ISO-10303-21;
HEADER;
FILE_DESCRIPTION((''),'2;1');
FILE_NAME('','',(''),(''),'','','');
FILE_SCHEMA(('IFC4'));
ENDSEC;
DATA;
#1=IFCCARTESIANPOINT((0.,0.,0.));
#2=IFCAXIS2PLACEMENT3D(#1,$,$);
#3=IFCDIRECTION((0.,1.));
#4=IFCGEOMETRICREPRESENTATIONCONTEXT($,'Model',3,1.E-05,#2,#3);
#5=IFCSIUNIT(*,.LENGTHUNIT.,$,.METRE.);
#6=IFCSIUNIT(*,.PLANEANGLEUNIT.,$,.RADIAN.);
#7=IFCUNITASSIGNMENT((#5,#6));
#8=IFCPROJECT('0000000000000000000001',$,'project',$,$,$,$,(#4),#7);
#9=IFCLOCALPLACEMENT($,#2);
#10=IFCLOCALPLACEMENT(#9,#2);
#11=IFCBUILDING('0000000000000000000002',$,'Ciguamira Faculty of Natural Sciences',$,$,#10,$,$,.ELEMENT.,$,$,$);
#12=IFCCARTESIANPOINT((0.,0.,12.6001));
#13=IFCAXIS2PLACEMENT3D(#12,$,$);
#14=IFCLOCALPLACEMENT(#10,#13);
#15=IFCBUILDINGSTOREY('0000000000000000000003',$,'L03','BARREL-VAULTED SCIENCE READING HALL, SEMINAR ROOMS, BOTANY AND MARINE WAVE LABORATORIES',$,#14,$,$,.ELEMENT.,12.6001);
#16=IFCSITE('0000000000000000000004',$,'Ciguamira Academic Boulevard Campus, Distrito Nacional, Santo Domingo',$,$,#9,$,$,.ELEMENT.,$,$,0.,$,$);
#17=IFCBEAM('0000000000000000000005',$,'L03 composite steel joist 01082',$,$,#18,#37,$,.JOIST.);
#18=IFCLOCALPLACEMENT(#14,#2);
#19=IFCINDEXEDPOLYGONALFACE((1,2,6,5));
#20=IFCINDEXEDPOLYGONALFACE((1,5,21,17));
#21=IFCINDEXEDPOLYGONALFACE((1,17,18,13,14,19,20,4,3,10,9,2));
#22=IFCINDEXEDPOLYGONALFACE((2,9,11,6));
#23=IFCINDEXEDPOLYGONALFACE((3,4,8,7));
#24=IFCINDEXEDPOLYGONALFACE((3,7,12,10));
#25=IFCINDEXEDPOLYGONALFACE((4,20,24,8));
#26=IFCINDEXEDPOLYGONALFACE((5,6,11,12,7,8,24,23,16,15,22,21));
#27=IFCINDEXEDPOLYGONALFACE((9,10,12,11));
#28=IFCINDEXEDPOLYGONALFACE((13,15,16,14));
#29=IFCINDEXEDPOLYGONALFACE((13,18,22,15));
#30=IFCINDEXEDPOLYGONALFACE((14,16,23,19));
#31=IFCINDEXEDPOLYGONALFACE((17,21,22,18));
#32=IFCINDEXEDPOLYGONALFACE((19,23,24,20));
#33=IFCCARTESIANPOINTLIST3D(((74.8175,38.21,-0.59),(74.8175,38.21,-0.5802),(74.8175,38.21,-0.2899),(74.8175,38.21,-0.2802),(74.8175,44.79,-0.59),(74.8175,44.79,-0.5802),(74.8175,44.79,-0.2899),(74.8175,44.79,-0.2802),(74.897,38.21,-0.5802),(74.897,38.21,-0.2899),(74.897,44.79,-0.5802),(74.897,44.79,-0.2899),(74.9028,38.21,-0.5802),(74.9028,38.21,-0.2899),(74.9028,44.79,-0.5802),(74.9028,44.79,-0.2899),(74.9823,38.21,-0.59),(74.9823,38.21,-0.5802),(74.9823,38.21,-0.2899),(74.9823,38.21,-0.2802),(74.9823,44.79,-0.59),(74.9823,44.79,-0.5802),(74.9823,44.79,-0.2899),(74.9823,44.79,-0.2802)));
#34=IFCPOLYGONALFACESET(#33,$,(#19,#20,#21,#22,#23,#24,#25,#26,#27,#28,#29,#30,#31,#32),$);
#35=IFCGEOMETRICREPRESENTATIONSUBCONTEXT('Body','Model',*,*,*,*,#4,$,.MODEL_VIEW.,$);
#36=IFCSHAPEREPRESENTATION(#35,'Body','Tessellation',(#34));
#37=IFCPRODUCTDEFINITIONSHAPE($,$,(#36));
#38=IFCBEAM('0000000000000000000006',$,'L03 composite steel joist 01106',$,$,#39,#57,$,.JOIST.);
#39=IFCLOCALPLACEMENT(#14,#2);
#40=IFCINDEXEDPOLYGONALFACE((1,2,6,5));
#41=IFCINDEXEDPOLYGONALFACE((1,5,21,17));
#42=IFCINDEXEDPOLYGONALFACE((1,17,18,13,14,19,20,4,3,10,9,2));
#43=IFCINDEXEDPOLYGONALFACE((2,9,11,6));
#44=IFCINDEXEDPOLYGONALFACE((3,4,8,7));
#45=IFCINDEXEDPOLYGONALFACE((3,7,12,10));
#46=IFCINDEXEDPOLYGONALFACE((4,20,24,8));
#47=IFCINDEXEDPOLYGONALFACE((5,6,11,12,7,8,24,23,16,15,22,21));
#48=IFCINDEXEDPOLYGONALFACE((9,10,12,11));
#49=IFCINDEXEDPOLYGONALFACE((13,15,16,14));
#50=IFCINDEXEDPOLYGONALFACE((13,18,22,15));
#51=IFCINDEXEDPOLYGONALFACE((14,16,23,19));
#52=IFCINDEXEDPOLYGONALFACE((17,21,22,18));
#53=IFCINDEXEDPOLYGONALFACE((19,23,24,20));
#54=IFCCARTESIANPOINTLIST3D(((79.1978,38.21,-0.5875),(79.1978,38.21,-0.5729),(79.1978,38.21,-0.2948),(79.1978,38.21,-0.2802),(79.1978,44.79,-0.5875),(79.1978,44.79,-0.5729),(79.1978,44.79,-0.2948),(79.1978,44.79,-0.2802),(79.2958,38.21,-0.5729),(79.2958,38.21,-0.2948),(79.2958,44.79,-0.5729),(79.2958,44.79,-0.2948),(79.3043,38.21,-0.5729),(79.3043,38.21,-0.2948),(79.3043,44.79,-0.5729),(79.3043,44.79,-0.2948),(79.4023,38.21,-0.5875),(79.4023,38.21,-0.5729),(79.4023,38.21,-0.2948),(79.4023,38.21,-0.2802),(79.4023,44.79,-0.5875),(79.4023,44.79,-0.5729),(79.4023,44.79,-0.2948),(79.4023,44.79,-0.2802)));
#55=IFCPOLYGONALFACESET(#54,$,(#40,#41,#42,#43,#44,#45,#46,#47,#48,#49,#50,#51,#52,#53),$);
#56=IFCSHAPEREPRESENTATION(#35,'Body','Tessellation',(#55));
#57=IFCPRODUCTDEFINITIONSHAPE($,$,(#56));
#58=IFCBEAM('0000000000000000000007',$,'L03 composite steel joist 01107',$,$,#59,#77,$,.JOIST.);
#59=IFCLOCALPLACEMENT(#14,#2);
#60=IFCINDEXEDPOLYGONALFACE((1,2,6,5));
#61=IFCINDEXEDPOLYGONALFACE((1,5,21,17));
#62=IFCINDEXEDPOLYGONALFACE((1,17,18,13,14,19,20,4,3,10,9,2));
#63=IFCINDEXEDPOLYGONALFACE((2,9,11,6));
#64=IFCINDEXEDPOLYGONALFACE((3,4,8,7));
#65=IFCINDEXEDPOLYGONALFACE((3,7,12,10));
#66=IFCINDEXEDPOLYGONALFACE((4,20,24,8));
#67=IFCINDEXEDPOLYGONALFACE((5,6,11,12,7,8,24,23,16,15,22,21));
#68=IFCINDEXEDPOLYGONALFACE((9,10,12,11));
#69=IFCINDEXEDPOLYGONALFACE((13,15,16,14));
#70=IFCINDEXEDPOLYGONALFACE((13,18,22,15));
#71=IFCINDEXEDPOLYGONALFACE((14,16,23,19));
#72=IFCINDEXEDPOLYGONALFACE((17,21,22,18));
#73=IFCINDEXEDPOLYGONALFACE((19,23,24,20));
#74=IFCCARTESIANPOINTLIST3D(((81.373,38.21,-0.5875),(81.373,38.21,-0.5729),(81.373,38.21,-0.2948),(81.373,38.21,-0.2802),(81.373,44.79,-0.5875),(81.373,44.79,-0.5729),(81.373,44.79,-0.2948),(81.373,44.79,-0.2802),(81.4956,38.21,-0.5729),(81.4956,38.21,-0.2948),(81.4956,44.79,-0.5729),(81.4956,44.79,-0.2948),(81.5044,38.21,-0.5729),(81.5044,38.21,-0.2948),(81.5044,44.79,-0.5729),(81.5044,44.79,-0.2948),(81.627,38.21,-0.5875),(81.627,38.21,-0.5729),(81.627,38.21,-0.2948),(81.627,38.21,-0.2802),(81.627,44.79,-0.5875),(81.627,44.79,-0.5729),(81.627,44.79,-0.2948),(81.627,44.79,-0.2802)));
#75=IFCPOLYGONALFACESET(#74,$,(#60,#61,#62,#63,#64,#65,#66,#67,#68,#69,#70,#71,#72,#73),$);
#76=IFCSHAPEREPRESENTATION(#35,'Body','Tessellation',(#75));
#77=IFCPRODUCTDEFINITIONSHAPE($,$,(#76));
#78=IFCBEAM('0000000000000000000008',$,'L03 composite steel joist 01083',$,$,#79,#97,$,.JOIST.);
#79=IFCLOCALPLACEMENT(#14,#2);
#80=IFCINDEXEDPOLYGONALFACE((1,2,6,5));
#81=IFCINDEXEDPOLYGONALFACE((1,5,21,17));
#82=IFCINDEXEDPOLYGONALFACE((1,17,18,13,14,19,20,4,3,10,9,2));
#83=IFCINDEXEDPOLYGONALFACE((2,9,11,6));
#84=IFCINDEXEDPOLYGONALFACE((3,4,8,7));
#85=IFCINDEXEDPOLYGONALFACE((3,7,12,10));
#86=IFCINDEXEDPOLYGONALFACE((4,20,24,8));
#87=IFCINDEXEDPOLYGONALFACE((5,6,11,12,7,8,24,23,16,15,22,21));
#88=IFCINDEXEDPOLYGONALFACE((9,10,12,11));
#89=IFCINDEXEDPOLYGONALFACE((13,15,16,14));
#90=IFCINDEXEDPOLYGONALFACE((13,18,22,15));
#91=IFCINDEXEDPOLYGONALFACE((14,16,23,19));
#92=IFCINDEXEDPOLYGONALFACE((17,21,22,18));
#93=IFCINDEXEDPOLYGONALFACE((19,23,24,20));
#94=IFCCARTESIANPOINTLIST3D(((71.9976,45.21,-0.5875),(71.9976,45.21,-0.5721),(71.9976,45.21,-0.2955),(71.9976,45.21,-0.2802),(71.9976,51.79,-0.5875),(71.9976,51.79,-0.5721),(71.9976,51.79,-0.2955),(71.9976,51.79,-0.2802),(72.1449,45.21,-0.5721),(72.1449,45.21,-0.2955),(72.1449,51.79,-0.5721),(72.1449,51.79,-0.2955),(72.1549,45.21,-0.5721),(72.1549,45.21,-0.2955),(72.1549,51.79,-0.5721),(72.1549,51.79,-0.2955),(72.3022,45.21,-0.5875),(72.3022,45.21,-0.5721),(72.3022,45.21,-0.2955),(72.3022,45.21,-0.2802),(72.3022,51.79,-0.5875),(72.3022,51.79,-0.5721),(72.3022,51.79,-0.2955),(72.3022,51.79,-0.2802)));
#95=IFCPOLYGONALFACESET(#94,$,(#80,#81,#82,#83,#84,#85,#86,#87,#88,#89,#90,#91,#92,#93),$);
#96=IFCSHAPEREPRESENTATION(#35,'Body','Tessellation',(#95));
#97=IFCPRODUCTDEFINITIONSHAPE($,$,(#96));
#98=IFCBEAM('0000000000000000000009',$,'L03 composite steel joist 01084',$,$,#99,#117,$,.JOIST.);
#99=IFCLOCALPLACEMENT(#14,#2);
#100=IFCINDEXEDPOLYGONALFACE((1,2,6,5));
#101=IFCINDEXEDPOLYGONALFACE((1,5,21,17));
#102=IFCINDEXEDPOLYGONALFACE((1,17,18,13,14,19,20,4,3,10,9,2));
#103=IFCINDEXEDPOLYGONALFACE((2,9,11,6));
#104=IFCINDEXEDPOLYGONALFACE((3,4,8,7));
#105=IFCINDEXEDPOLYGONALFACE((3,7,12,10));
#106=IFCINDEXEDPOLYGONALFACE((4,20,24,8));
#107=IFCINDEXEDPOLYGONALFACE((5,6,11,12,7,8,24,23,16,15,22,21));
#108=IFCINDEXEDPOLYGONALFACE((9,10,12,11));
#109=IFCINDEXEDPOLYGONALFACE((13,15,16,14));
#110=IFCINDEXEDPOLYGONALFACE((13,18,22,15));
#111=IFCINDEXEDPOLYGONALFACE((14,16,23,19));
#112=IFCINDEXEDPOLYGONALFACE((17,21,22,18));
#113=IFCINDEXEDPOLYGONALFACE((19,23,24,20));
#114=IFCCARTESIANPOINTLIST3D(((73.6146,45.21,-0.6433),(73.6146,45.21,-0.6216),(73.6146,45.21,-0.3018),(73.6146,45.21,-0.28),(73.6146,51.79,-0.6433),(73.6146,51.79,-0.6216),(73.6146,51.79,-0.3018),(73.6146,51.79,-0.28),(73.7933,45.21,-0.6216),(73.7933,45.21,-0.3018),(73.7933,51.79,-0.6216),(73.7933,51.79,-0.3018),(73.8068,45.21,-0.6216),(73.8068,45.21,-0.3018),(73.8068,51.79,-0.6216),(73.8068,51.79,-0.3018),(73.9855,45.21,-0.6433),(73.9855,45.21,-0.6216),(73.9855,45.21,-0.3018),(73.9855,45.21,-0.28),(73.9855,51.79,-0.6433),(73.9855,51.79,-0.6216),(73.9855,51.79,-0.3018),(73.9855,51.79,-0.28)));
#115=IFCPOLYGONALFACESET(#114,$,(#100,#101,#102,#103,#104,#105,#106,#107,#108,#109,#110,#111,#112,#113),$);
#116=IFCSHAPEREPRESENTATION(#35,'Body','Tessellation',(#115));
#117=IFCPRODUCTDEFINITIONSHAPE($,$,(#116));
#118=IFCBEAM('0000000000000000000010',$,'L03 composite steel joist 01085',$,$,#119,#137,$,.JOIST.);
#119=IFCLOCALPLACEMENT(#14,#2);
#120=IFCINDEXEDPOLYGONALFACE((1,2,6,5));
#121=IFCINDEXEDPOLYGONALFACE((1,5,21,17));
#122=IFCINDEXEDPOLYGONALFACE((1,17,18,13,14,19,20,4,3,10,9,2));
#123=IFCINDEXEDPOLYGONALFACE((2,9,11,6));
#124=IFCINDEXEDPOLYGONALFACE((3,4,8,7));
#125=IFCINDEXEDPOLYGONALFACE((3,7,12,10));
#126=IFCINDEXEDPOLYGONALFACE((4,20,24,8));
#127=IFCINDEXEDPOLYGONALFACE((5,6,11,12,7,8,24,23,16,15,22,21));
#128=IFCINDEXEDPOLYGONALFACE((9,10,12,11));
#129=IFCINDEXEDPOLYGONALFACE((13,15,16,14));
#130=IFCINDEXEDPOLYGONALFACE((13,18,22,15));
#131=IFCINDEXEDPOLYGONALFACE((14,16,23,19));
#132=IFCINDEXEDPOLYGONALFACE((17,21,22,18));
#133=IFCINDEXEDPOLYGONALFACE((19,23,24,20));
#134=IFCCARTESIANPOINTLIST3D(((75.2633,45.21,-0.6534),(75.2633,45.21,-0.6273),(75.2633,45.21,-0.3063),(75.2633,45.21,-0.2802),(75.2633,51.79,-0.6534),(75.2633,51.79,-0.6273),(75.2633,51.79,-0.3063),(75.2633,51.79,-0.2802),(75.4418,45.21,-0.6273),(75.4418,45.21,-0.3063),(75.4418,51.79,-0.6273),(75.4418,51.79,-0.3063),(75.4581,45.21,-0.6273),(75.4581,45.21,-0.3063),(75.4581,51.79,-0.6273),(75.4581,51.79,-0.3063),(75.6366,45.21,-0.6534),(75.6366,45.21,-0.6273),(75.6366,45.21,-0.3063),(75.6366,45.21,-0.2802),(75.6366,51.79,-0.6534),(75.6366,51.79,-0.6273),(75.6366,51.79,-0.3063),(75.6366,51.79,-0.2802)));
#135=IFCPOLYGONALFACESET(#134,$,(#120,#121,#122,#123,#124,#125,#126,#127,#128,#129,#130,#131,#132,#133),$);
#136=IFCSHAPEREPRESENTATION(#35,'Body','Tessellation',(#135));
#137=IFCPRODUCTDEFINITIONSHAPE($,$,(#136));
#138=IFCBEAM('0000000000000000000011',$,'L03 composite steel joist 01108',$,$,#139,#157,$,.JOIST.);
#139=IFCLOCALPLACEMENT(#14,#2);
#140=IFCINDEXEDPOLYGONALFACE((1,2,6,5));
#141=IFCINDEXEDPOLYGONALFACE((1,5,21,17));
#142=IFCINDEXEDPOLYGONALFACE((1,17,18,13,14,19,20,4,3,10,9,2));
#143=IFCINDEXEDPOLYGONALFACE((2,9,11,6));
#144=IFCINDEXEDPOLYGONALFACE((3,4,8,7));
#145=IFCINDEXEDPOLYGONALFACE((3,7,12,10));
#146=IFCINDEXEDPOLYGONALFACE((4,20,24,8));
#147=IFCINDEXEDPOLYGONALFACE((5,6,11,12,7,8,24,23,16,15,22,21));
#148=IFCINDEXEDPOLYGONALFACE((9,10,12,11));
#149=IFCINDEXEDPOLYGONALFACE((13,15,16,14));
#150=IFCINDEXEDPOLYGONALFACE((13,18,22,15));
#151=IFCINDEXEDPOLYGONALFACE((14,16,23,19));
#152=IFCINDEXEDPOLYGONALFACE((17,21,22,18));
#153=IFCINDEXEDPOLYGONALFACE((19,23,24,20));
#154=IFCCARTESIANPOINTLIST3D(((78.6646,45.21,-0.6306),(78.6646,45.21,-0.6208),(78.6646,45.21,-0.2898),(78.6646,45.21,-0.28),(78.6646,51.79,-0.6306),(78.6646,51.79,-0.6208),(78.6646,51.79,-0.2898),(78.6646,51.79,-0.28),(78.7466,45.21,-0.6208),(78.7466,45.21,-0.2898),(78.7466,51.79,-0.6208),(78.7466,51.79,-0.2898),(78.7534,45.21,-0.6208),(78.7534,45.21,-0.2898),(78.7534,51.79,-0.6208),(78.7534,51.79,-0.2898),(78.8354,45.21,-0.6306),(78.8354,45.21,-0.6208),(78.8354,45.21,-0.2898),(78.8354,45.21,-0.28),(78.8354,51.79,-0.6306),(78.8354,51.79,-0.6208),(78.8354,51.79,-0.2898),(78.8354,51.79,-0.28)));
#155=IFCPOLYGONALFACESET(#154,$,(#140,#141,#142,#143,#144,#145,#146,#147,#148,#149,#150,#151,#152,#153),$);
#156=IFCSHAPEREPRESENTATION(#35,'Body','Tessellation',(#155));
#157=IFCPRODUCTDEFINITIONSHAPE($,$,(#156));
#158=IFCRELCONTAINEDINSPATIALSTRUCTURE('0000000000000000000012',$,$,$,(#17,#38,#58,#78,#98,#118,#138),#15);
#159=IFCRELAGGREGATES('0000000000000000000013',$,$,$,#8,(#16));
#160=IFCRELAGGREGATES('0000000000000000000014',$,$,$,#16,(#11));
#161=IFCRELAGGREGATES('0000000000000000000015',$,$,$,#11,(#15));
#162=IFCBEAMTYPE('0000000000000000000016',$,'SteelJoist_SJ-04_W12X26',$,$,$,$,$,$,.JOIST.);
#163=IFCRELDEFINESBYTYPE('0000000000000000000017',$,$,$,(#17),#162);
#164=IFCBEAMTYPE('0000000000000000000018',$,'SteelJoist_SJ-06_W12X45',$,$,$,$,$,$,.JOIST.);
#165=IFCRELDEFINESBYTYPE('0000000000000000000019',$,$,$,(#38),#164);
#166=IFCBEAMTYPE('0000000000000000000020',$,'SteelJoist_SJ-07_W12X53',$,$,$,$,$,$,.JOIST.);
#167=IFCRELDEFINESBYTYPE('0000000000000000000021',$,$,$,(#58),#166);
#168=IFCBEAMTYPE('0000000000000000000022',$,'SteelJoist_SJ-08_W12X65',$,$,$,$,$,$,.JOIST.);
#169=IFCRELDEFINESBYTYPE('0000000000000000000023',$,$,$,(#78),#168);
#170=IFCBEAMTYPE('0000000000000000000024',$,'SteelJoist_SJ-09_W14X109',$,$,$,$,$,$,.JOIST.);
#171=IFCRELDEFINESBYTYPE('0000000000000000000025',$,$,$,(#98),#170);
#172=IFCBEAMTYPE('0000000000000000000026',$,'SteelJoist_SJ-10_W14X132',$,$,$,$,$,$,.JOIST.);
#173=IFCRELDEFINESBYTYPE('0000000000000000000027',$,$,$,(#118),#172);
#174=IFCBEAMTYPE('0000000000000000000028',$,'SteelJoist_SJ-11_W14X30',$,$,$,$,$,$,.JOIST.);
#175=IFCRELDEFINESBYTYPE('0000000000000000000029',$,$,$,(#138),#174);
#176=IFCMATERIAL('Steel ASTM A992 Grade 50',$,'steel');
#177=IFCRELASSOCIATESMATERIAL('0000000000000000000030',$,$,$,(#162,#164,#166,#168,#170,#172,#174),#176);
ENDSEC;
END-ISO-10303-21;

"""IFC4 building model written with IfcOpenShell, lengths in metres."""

from ifc_helpers import new_model, si_unit, direction, frame, origin, origin_2d, place, context, subcontext, project, spatial, i_section, extrude, material, material_profile, profile_set, type_object, element, save


model = new_model("IFC4")

# Units and contexts
model_context = context("Model", 3, precision=1e-05, world=origin(), true_north=direction((0.0, 1.0)))
body_context = subcontext(model_context, "Body", "Model", "MODEL_VIEW")
ifc_project = project(units=[si_unit("LENGTHUNIT", "METRE"), si_unit("PLANEANGLEUNIT", "RADIAN")], contexts=[model_context])

# Site, building, storey
site_placement = place(None, origin())
site = spatial("IfcSite", under=ifc_project, at=site_placement, Name="Ciguamira Academic Boulevard Campus, Distrito Nacional, Santo Domingo", CompositionType="ELEMENT", RefElevation=0.0)
building_placement = place(site_placement, origin())
building = spatial("IfcBuilding", under=site, at=building_placement, Name="Ciguamira Faculty of Natural Sciences", CompositionType="ELEMENT")
storey_placement = place(building_placement, frame((0.0, 0.0, 12.6001)))
storey = spatial("IfcBuildingStorey", under=building, at=storey_placement, Name="L03", Description="BARREL-VAULTED SCIENCE READING HALL, SEMINAR ROOMS, BOTANY AND MARINE WAVE LABORATORIES", CompositionType="ELEMENT", Elevation=12.6001)

# Beams
ifc_material_1 = material(Name="Steel ASTM A992 Grade 50", Category="steel")
ifc_material_profile_1 = material_profile(ifc_material_1, i_section(OverallWidth=0.1648, OverallDepth=0.3098, WebThickness=0.0059, FlangeThickness=0.0098, at=origin_2d()), Name="W12X26")
ifc_profile_set_1 = profile_set([ifc_material_profile_1], Name="Steel ASTM A992 Grade 50")
beam_type_1 = type_object("IfcBeamType", Name="SteelJoist_SJ-04_W12X26", PredefinedType="JOIST", material=ifc_profile_set_1)
beam_1_placement = place(storey_placement, frame((74.8999, 38.21, -0.4351), z_axis=(0.0, 1.0, 0.0), x_axis=(-1.0, 0.0, 0.0)))
element("IfcBeam", 1, at=beam_1_placement, inside=storey, type_object=beam_type_1, Name="L03 composite steel joist 01082", PredefinedType="JOIST", context=body_context, shape_type="SweptSolid", body=[
    extrude(i_section(OverallWidth=0.1648, OverallDepth=0.3098, WebThickness=0.0059, FlangeThickness=0.0098, at=origin_2d()), origin(), (0.0, 0.0, 1.0), 6.5801),
])
ifc_material_profile_2 = material_profile(ifc_material_1, i_section(OverallWidth=0.2046, OverallDepth=0.3074, WebThickness=0.0085, FlangeThickness=0.0146, at=origin_2d()), Name="W12X45")
ifc_profile_set_2 = profile_set([ifc_material_profile_2], Name="Steel ASTM A992 Grade 50")
beam_type_2 = type_object("IfcBeamType", Name="SteelJoist_SJ-06_W12X45", PredefinedType="JOIST", material=ifc_profile_set_2)
beam_2_placement = place(storey_placement, frame((79.3, 38.21, -0.4338), z_axis=(0.0, 1.0, 0.0), x_axis=(-1.0, 0.0, 0.0)))
element("IfcBeam", 2, at=beam_2_placement, inside=storey, type_object=beam_type_2, Name="L03 composite steel joist 01106", PredefinedType="JOIST", context=body_context, shape_type="SweptSolid", body=[
    extrude(i_section(OverallWidth=0.2046, OverallDepth=0.3074, WebThickness=0.0085, FlangeThickness=0.0146, at=origin_2d()), origin(), (0.0, 0.0, 1.0), 6.5801),
])
ifc_material_profile_3 = material_profile(ifc_material_1, i_section(OverallWidth=0.2539, OverallDepth=0.3074, WebThickness=0.0088, FlangeThickness=0.0146, at=origin_2d()), Name="W12X53")
ifc_profile_set_3 = profile_set([ifc_material_profile_3], Name="Steel ASTM A992 Grade 50")
beam_type_3 = type_object("IfcBeamType", Name="SteelJoist_SJ-07_W12X53", PredefinedType="JOIST", material=ifc_profile_set_3)
beam_3_placement = place(storey_placement, frame((81.5, 38.21, -0.4338), z_axis=(0.0, 1.0, 0.0), x_axis=(-1.0, 0.0, 0.0)))
element("IfcBeam", 3, at=beam_3_placement, inside=storey, type_object=beam_type_3, Name="L03 composite steel joist 01107", PredefinedType="JOIST", context=body_context, shape_type="SweptSolid", body=[
    extrude(i_section(OverallWidth=0.2539, OverallDepth=0.3074, WebThickness=0.0088, FlangeThickness=0.0146, at=origin_2d()), origin(), (0.0, 0.0, 1.0), 6.5801),
])
ifc_material_profile_4 = material_profile(ifc_material_1, i_section(OverallWidth=0.3047, OverallDepth=0.3074, WebThickness=0.01, FlangeThickness=0.0154, at=origin_2d()), Name="W12X65")
ifc_profile_set_4 = profile_set([ifc_material_profile_4], Name="Steel ASTM A992 Grade 50")
beam_type_4 = type_object("IfcBeamType", Name="SteelJoist_SJ-08_W12X65", PredefinedType="JOIST", material=ifc_profile_set_4)
beam_4_placement = place(storey_placement, frame((72.1499, 45.21, -0.4338), z_axis=(0.0, 1.0, 0.0), x_axis=(-1.0, 0.0, 0.0)))
element("IfcBeam", 4, at=beam_4_placement, inside=storey, type_object=beam_type_4, Name="L03 composite steel joist 01083", PredefinedType="JOIST", context=body_context, shape_type="SweptSolid", body=[
    extrude(i_section(OverallWidth=0.3047, OverallDepth=0.3074, WebThickness=0.01, FlangeThickness=0.0154, at=origin_2d()), origin(), (0.0, 0.0, 1.0), 6.5801),
])
ifc_material_profile_5 = material_profile(ifc_material_1, i_section(OverallWidth=0.3708, OverallDepth=0.3633, WebThickness=0.0134, FlangeThickness=0.0217, at=origin_2d()), Name="W14X109")
ifc_profile_set_5 = profile_set([ifc_material_profile_5], Name="Steel ASTM A992 Grade 50")
beam_type_5 = type_object("IfcBeamType", Name="SteelJoist_SJ-09_W14X109", PredefinedType="JOIST", material=ifc_profile_set_5)
beam_5_placement = place(storey_placement, frame((73.8, 45.21, -0.4617), z_axis=(0.0, 1.0, 0.0), x_axis=(-1.0, 0.0, 0.0)))
element("IfcBeam", 5, at=beam_5_placement, inside=storey, type_object=beam_type_5, Name="L03 composite steel joist 01084", PredefinedType="JOIST", context=body_context, shape_type="SweptSolid", body=[
    extrude(i_section(OverallWidth=0.3708, OverallDepth=0.3633, WebThickness=0.0134, FlangeThickness=0.0217, at=origin_2d()), origin(), (0.0, 0.0, 1.0), 6.5801),
])
ifc_material_profile_6 = material_profile(ifc_material_1, i_section(OverallWidth=0.3733, OverallDepth=0.3733, WebThickness=0.0164, FlangeThickness=0.0261, at=origin_2d()), Name="W14X132")
ifc_profile_set_6 = profile_set([ifc_material_profile_6], Name="Steel ASTM A992 Grade 50")
beam_type_6 = type_object("IfcBeamType", Name="SteelJoist_SJ-10_W14X132", PredefinedType="JOIST", material=ifc_profile_set_6)
beam_6_placement = place(storey_placement, frame((75.45, 45.21, -0.4668), z_axis=(0.0, 1.0, 0.0), x_axis=(-1.0, 0.0, 0.0)))
element("IfcBeam", 6, at=beam_6_placement, inside=storey, type_object=beam_type_6, Name="L03 composite steel joist 01085", PredefinedType="JOIST", context=body_context, shape_type="SweptSolid", body=[
    extrude(i_section(OverallWidth=0.3733, OverallDepth=0.3733, WebThickness=0.0164, FlangeThickness=0.0261, at=origin_2d()), origin(), (0.0, 0.0, 1.0), 6.5801),
])
ifc_material_profile_7 = material_profile(ifc_material_1, i_section(OverallWidth=0.1709, OverallDepth=0.3506, WebThickness=0.0068, FlangeThickness=0.0098, at=origin_2d()), Name="W14X30")
ifc_profile_set_7 = profile_set([ifc_material_profile_7], Name="Steel ASTM A992 Grade 50")
beam_type_7 = type_object("IfcBeamType", Name="SteelJoist_SJ-11_W14X30", PredefinedType="JOIST", material=ifc_profile_set_7)
beam_7_placement = place(storey_placement, frame((78.75, 45.21, -0.4553), z_axis=(0.0, 1.0, 0.0), x_axis=(-1.0, 0.0, 0.0)))
element("IfcBeam", 7, at=beam_7_placement, inside=storey, type_object=beam_type_7, Name="L03 composite steel joist 01108", PredefinedType="JOIST", context=body_context, shape_type="SweptSolid", body=[
    extrude(i_section(OverallWidth=0.1709, OverallDepth=0.3506, WebThickness=0.0068, FlangeThickness=0.0098, at=origin_2d()), origin(), (0.0, 0.0, 1.0), 6.5801),
])

save(model, "model.ifc")
